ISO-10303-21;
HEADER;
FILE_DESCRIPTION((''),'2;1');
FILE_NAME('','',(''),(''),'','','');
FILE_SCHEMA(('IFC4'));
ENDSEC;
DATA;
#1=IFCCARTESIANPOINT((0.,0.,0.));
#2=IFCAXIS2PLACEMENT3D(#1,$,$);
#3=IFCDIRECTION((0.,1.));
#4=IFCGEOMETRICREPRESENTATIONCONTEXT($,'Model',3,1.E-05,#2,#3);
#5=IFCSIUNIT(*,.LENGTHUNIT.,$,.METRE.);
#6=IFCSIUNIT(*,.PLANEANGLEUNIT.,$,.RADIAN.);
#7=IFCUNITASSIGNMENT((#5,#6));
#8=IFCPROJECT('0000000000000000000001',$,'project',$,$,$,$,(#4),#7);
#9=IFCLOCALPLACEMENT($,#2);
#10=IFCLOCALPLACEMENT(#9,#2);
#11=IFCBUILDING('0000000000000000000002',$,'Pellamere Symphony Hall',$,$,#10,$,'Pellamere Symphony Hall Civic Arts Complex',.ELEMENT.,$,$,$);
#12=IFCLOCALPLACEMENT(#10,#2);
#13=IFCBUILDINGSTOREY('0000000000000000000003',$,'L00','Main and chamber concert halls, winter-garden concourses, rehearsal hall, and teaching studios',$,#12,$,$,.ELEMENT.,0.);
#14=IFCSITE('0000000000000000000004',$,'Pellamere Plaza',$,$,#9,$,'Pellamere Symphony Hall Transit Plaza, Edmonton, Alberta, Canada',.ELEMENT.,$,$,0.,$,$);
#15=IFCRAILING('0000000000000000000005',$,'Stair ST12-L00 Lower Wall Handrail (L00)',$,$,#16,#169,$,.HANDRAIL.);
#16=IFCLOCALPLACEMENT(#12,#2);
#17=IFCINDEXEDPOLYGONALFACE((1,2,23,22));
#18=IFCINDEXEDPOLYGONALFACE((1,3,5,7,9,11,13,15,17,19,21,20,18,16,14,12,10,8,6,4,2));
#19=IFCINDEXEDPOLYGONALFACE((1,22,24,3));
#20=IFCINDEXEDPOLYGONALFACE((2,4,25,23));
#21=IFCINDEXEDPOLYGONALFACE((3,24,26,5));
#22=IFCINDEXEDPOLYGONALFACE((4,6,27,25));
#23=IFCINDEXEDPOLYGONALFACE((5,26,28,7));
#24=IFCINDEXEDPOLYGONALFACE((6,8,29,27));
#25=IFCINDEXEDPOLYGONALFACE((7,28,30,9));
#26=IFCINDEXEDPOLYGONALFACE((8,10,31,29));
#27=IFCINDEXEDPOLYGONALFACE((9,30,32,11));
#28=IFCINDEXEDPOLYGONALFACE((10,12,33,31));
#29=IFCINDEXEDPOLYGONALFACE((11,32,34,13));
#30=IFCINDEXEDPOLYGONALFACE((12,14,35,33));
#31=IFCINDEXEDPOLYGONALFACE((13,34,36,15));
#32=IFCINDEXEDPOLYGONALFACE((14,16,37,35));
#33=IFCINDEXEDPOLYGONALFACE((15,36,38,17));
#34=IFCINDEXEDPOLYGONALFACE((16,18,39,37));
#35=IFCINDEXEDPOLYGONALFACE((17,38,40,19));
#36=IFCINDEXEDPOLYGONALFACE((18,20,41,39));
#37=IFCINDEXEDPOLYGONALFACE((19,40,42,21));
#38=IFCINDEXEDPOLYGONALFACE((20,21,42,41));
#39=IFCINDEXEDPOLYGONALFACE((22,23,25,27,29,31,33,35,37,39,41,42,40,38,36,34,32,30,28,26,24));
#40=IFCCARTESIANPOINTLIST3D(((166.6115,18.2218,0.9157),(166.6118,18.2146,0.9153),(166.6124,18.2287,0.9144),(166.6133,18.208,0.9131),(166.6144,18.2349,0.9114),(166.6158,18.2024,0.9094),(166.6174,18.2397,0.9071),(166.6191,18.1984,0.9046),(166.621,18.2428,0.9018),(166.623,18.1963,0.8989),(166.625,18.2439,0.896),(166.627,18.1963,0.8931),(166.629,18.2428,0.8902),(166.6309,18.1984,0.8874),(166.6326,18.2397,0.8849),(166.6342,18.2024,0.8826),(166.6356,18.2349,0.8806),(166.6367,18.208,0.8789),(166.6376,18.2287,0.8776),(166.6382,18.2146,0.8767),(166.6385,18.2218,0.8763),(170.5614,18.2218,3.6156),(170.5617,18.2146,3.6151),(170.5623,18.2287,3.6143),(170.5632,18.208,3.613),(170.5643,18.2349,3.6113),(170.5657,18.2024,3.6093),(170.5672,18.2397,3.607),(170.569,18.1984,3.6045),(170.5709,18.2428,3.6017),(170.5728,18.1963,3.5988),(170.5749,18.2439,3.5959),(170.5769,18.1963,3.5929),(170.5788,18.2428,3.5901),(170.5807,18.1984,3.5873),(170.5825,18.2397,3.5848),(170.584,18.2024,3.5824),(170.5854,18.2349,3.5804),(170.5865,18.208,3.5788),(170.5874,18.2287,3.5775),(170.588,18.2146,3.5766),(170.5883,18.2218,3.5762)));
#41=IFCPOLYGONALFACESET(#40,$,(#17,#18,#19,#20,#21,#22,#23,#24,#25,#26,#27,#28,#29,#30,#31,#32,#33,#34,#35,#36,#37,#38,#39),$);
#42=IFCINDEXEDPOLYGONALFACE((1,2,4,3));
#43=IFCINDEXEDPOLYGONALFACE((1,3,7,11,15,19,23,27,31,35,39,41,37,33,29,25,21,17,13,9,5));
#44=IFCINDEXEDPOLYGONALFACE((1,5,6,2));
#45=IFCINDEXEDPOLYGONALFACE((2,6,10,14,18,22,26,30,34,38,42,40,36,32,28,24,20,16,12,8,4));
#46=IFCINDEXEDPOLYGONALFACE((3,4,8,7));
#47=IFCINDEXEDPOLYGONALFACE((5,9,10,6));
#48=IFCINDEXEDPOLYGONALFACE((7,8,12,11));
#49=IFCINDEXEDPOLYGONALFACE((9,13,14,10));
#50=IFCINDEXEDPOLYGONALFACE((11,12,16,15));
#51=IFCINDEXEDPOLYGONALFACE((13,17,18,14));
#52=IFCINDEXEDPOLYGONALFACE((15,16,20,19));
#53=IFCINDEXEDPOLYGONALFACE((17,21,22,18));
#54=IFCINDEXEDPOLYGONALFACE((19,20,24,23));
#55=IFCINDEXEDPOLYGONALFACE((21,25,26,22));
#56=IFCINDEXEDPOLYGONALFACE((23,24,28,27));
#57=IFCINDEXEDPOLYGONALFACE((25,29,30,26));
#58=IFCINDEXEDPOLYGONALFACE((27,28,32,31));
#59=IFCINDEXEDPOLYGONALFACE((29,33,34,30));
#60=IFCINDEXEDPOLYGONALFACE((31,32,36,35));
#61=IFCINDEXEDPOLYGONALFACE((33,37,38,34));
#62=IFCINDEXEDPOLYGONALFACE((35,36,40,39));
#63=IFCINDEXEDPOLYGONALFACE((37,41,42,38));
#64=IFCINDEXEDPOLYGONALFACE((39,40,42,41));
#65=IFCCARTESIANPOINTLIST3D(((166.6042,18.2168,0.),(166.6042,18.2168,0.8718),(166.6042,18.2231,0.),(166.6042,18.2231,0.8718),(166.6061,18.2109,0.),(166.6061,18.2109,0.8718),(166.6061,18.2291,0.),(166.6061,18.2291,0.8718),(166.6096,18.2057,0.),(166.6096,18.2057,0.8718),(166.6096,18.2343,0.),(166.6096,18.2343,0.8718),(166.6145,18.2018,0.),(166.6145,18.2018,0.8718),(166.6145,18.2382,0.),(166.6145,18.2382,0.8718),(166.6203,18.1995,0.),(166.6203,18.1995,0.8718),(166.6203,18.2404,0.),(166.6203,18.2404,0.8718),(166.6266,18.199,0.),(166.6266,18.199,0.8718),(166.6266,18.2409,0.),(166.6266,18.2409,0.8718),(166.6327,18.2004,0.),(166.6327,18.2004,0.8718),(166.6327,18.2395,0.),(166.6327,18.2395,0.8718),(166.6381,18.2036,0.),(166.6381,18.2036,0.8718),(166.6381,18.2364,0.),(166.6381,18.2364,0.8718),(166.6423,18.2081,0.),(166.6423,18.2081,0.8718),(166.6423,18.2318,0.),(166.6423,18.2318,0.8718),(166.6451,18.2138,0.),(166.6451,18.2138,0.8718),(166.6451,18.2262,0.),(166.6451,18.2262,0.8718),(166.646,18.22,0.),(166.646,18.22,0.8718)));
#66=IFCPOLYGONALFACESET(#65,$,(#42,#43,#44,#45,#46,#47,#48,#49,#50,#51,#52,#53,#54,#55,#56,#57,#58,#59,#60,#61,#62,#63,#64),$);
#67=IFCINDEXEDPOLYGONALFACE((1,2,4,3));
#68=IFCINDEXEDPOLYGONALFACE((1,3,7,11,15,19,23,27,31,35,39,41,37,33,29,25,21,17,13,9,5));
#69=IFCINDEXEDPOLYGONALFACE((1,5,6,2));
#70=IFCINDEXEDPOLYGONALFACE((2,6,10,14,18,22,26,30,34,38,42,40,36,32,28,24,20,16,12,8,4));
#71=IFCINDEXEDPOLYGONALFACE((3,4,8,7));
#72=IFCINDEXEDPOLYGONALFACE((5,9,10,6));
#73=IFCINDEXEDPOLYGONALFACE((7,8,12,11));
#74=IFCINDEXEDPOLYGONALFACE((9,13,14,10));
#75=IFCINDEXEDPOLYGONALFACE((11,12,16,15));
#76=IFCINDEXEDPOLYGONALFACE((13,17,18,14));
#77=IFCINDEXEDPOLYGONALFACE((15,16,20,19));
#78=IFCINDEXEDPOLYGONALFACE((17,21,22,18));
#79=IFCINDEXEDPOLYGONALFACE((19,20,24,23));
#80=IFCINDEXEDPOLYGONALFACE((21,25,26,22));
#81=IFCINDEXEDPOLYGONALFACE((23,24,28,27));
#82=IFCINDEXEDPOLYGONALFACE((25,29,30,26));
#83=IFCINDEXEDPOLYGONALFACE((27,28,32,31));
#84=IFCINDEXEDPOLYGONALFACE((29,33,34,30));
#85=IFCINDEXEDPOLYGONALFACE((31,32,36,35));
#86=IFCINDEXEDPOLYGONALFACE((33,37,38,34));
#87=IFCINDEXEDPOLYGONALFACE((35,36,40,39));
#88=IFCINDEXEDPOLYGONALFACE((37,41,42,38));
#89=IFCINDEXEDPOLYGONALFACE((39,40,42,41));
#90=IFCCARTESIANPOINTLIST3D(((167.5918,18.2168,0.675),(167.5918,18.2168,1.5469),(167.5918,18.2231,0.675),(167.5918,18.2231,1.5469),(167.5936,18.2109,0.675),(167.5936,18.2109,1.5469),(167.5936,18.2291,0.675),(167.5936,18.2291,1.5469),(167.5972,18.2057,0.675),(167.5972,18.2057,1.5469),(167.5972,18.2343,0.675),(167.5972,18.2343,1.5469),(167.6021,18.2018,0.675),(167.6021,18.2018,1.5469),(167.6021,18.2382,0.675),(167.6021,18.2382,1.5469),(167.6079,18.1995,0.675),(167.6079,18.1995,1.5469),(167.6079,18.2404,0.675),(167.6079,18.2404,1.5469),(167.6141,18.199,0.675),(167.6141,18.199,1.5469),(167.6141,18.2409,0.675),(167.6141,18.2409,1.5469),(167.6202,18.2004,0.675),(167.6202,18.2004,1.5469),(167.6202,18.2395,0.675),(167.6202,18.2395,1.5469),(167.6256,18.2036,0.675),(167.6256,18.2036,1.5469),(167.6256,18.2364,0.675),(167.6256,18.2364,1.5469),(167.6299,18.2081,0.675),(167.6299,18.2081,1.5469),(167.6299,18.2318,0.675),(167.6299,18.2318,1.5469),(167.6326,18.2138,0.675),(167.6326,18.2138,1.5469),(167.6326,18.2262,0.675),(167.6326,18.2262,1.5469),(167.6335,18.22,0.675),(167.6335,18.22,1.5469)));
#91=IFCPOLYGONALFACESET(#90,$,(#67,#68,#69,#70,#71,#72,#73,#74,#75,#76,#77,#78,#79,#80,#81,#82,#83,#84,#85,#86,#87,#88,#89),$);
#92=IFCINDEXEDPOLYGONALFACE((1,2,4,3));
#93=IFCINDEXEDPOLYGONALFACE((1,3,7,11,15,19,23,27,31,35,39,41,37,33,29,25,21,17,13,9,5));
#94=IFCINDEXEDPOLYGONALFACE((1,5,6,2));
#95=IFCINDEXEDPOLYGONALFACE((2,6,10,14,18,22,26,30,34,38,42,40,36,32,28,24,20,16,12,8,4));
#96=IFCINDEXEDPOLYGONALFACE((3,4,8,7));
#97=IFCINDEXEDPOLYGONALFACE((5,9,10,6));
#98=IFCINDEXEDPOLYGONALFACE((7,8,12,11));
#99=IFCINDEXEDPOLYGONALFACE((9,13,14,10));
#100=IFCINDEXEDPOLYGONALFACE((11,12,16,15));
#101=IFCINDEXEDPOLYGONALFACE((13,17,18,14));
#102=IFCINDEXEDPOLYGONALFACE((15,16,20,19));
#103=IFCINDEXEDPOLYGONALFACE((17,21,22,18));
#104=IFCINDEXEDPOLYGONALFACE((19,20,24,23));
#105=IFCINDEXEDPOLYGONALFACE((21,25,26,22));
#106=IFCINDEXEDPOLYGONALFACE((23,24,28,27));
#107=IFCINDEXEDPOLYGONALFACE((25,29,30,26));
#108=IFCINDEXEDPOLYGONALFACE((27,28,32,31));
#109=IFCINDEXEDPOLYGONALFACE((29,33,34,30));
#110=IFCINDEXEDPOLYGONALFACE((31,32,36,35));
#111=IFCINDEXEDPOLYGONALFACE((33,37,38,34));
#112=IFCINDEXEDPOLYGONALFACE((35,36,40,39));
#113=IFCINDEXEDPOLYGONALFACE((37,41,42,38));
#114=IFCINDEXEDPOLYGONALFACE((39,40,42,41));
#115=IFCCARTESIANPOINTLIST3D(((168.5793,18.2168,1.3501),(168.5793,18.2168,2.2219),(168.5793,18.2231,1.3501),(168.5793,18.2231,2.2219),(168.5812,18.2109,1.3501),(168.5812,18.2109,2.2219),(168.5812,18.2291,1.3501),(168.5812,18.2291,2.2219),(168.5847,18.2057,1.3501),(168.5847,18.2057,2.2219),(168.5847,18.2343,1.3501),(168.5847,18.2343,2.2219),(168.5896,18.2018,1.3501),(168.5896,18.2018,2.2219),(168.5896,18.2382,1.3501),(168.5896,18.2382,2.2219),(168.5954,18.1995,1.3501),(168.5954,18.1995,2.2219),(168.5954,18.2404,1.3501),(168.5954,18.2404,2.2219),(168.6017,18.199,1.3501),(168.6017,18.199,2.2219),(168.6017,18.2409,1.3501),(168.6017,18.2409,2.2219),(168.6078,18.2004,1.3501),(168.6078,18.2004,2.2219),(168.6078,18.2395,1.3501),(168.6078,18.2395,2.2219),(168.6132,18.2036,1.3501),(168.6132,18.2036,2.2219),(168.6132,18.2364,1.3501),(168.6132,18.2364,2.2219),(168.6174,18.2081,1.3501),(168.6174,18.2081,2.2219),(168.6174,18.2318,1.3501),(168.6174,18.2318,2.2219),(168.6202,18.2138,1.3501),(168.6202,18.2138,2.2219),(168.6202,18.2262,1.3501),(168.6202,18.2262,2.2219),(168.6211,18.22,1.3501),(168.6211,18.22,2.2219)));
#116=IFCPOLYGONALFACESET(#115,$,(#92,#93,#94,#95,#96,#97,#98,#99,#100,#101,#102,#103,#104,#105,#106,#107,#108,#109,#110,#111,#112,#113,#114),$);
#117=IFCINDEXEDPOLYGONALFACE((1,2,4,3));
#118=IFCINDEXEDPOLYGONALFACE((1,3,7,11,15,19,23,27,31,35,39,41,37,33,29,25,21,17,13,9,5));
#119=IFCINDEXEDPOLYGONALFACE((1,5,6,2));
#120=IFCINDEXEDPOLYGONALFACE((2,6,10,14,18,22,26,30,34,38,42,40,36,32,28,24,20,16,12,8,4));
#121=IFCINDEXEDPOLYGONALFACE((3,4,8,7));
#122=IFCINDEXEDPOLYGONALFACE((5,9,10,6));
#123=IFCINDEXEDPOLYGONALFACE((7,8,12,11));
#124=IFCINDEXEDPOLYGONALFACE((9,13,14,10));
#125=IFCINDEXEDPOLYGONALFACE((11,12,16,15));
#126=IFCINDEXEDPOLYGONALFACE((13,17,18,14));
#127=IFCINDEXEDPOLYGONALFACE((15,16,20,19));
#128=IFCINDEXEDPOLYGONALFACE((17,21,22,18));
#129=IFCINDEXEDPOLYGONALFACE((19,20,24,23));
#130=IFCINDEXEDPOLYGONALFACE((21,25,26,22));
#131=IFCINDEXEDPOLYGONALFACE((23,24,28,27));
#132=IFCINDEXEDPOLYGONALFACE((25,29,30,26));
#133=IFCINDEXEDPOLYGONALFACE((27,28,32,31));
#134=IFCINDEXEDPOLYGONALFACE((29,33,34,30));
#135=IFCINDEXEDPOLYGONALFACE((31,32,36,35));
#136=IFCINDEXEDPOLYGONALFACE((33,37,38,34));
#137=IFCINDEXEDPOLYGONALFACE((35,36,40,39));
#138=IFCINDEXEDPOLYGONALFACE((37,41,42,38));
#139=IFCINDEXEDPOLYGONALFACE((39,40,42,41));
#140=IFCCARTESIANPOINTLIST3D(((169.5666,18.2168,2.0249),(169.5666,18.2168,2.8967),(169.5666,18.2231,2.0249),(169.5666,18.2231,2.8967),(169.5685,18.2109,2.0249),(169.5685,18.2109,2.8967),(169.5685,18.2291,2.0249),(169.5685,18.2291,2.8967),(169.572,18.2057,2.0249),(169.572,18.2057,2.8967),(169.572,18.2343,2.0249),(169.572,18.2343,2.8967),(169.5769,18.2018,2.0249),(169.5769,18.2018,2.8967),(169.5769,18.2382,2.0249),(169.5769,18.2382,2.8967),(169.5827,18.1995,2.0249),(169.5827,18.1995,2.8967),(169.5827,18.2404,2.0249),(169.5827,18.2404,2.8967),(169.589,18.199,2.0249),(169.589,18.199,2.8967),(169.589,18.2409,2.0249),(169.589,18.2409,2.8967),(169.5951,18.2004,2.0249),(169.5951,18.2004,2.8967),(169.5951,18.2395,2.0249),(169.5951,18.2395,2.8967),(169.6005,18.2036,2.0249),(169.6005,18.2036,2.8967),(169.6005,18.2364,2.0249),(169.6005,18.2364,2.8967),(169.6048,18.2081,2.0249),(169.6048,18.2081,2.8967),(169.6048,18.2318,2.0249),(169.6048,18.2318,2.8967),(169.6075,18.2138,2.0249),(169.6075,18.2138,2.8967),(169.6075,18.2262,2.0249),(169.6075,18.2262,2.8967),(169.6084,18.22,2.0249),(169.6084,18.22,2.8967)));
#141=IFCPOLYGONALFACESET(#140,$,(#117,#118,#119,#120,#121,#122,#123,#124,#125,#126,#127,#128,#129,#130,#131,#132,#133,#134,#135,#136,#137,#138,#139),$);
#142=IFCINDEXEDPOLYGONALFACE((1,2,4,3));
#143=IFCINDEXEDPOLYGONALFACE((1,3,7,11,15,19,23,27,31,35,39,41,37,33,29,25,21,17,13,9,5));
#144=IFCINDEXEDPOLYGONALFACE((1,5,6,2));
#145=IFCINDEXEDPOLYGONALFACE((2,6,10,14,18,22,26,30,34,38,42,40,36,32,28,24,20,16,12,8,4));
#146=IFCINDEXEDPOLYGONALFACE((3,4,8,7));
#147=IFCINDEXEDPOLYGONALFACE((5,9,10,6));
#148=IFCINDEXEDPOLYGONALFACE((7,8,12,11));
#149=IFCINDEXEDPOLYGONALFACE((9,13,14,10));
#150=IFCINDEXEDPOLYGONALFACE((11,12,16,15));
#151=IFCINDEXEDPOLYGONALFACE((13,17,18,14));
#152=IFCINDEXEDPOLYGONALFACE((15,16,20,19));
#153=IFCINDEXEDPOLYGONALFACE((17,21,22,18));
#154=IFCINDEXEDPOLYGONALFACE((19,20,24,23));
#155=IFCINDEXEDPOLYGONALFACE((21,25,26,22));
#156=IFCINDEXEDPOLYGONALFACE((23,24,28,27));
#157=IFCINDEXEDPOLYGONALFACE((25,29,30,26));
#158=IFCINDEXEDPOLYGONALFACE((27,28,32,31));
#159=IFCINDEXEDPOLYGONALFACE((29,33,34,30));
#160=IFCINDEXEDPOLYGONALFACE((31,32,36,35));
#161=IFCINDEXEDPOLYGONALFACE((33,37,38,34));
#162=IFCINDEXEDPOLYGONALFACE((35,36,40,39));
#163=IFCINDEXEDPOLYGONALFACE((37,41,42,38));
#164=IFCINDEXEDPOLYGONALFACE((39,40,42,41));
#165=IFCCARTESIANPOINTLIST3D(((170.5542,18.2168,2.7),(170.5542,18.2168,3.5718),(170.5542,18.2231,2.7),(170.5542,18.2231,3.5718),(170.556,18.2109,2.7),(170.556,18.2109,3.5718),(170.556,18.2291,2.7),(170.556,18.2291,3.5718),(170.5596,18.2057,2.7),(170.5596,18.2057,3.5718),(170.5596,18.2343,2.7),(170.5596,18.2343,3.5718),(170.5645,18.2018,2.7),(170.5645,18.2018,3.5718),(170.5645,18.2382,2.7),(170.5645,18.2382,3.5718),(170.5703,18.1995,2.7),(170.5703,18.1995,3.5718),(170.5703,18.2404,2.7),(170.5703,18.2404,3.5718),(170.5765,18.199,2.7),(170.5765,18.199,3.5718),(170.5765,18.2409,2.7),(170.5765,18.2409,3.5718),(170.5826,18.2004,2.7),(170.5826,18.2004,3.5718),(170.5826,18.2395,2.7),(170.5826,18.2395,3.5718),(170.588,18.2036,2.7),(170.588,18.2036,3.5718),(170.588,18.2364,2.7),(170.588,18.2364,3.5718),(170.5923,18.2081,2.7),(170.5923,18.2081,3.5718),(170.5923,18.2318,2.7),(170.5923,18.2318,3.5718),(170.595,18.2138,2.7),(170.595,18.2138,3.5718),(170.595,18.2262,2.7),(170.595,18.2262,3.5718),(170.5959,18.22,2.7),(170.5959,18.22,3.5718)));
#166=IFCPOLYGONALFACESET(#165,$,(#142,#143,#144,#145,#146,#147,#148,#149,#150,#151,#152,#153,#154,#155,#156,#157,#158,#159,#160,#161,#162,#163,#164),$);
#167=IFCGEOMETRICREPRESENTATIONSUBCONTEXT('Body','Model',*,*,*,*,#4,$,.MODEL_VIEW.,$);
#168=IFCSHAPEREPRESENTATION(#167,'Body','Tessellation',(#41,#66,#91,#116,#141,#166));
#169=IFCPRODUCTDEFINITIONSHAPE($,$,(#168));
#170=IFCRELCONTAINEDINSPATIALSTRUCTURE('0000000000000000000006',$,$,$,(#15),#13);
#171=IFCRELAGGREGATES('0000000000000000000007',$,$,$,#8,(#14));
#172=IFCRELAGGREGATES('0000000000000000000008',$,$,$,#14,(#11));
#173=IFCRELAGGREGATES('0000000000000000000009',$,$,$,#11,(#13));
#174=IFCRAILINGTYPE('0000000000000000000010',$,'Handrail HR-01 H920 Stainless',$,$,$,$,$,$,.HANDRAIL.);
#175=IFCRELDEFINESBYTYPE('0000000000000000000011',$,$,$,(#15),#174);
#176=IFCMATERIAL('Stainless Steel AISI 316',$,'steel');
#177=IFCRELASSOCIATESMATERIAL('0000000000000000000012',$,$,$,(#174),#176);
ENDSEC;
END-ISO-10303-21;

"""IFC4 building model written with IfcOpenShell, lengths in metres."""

from ifc_helpers import new_model, si_unit, direction, frame, origin, origin_2d, place, context, subcontext, project, spatial, circle, extrude, material, type_object, element, save


model = new_model("IFC4")

# Units and contexts
model_context = context("Model", 3, precision=1e-05, world=origin(), true_north=direction((0.0, 1.0)))
body_context = subcontext(model_context, "Body", "Model", "MODEL_VIEW")
ifc_project = project(units=[si_unit("LENGTHUNIT", "METRE"), si_unit("PLANEANGLEUNIT", "RADIAN")], contexts=[model_context])

# Site, building, storey
site_placement = place(None, origin())
site = spatial("IfcSite", under=ifc_project, at=site_placement, Name="Pellamere Plaza", LongName="Pellamere Symphony Hall Transit Plaza, Edmonton, Alberta, Canada", CompositionType="ELEMENT", RefElevation=0.0)
building_placement = place(site_placement, origin())
building = spatial("IfcBuilding", under=site, at=building_placement, Name="Pellamere Symphony Hall", LongName="Pellamere Symphony Hall Civic Arts Complex", CompositionType="ELEMENT")
storey_placement = place(building_placement, origin())
storey = spatial("IfcBuildingStorey", under=building, at=storey_placement, Name="L00", Description="Main and chamber concert halls, winter-garden concourses, rehearsal hall, and teaching studios", CompositionType="ELEMENT", Elevation=0.0)

# Railing
ifc_material_1 = material(Name="Stainless Steel AISI 316", Category="steel")
railing_type_1 = type_object("IfcRailingType", Name="Handrail HR-01 H920 Stainless", PredefinedType="HANDRAIL", material=ifc_material_1)
railing_1_placement = place(storey_placement, frame((166.625, 18.22, 0.0)))
element("IfcRailing", 1, at=railing_1_placement, inside=storey, type_object=railing_type_1, Name="Stair ST12-L00 Lower Wall Handrail (L00)", PredefinedType="HANDRAIL", context=body_context, shape_type="SweptSolid", body=[
    extrude(circle(Radius=0.0239, at=origin_2d()), frame((0.0, 0.0, 0.896), z_axis=(0.825565, 0.0, 0.564307), x_axis=(0.0, 1.0, 0.0)), (0.0, 0.0, 1.0), 4.7844),
    extrude(circle(Radius=0.021, at=origin_2d()), origin(), (0.0, 0.0, 1.0), 0.8718),
    extrude(circle(Radius=0.021, at=origin_2d()), frame((0.9875, 0.0, 0.675)), (0.0, 0.0, 1.0), 0.8718),
    extrude(circle(Radius=0.021, at=origin_2d()), frame((1.9751, 0.0, 1.3501)), (0.0, 0.0, 1.0), 0.8718),
    extrude(circle(Radius=0.021, at=origin_2d()), frame((2.9624, 0.0, 2.0249)), (0.0, 0.0, 1.0), 0.8718),
    extrude(circle(Radius=0.021, at=origin_2d()), frame((3.95, 0.0, 2.7)), (0.0, 0.0, 1.0), 0.8718),
])

save(model, "model.ifc")
